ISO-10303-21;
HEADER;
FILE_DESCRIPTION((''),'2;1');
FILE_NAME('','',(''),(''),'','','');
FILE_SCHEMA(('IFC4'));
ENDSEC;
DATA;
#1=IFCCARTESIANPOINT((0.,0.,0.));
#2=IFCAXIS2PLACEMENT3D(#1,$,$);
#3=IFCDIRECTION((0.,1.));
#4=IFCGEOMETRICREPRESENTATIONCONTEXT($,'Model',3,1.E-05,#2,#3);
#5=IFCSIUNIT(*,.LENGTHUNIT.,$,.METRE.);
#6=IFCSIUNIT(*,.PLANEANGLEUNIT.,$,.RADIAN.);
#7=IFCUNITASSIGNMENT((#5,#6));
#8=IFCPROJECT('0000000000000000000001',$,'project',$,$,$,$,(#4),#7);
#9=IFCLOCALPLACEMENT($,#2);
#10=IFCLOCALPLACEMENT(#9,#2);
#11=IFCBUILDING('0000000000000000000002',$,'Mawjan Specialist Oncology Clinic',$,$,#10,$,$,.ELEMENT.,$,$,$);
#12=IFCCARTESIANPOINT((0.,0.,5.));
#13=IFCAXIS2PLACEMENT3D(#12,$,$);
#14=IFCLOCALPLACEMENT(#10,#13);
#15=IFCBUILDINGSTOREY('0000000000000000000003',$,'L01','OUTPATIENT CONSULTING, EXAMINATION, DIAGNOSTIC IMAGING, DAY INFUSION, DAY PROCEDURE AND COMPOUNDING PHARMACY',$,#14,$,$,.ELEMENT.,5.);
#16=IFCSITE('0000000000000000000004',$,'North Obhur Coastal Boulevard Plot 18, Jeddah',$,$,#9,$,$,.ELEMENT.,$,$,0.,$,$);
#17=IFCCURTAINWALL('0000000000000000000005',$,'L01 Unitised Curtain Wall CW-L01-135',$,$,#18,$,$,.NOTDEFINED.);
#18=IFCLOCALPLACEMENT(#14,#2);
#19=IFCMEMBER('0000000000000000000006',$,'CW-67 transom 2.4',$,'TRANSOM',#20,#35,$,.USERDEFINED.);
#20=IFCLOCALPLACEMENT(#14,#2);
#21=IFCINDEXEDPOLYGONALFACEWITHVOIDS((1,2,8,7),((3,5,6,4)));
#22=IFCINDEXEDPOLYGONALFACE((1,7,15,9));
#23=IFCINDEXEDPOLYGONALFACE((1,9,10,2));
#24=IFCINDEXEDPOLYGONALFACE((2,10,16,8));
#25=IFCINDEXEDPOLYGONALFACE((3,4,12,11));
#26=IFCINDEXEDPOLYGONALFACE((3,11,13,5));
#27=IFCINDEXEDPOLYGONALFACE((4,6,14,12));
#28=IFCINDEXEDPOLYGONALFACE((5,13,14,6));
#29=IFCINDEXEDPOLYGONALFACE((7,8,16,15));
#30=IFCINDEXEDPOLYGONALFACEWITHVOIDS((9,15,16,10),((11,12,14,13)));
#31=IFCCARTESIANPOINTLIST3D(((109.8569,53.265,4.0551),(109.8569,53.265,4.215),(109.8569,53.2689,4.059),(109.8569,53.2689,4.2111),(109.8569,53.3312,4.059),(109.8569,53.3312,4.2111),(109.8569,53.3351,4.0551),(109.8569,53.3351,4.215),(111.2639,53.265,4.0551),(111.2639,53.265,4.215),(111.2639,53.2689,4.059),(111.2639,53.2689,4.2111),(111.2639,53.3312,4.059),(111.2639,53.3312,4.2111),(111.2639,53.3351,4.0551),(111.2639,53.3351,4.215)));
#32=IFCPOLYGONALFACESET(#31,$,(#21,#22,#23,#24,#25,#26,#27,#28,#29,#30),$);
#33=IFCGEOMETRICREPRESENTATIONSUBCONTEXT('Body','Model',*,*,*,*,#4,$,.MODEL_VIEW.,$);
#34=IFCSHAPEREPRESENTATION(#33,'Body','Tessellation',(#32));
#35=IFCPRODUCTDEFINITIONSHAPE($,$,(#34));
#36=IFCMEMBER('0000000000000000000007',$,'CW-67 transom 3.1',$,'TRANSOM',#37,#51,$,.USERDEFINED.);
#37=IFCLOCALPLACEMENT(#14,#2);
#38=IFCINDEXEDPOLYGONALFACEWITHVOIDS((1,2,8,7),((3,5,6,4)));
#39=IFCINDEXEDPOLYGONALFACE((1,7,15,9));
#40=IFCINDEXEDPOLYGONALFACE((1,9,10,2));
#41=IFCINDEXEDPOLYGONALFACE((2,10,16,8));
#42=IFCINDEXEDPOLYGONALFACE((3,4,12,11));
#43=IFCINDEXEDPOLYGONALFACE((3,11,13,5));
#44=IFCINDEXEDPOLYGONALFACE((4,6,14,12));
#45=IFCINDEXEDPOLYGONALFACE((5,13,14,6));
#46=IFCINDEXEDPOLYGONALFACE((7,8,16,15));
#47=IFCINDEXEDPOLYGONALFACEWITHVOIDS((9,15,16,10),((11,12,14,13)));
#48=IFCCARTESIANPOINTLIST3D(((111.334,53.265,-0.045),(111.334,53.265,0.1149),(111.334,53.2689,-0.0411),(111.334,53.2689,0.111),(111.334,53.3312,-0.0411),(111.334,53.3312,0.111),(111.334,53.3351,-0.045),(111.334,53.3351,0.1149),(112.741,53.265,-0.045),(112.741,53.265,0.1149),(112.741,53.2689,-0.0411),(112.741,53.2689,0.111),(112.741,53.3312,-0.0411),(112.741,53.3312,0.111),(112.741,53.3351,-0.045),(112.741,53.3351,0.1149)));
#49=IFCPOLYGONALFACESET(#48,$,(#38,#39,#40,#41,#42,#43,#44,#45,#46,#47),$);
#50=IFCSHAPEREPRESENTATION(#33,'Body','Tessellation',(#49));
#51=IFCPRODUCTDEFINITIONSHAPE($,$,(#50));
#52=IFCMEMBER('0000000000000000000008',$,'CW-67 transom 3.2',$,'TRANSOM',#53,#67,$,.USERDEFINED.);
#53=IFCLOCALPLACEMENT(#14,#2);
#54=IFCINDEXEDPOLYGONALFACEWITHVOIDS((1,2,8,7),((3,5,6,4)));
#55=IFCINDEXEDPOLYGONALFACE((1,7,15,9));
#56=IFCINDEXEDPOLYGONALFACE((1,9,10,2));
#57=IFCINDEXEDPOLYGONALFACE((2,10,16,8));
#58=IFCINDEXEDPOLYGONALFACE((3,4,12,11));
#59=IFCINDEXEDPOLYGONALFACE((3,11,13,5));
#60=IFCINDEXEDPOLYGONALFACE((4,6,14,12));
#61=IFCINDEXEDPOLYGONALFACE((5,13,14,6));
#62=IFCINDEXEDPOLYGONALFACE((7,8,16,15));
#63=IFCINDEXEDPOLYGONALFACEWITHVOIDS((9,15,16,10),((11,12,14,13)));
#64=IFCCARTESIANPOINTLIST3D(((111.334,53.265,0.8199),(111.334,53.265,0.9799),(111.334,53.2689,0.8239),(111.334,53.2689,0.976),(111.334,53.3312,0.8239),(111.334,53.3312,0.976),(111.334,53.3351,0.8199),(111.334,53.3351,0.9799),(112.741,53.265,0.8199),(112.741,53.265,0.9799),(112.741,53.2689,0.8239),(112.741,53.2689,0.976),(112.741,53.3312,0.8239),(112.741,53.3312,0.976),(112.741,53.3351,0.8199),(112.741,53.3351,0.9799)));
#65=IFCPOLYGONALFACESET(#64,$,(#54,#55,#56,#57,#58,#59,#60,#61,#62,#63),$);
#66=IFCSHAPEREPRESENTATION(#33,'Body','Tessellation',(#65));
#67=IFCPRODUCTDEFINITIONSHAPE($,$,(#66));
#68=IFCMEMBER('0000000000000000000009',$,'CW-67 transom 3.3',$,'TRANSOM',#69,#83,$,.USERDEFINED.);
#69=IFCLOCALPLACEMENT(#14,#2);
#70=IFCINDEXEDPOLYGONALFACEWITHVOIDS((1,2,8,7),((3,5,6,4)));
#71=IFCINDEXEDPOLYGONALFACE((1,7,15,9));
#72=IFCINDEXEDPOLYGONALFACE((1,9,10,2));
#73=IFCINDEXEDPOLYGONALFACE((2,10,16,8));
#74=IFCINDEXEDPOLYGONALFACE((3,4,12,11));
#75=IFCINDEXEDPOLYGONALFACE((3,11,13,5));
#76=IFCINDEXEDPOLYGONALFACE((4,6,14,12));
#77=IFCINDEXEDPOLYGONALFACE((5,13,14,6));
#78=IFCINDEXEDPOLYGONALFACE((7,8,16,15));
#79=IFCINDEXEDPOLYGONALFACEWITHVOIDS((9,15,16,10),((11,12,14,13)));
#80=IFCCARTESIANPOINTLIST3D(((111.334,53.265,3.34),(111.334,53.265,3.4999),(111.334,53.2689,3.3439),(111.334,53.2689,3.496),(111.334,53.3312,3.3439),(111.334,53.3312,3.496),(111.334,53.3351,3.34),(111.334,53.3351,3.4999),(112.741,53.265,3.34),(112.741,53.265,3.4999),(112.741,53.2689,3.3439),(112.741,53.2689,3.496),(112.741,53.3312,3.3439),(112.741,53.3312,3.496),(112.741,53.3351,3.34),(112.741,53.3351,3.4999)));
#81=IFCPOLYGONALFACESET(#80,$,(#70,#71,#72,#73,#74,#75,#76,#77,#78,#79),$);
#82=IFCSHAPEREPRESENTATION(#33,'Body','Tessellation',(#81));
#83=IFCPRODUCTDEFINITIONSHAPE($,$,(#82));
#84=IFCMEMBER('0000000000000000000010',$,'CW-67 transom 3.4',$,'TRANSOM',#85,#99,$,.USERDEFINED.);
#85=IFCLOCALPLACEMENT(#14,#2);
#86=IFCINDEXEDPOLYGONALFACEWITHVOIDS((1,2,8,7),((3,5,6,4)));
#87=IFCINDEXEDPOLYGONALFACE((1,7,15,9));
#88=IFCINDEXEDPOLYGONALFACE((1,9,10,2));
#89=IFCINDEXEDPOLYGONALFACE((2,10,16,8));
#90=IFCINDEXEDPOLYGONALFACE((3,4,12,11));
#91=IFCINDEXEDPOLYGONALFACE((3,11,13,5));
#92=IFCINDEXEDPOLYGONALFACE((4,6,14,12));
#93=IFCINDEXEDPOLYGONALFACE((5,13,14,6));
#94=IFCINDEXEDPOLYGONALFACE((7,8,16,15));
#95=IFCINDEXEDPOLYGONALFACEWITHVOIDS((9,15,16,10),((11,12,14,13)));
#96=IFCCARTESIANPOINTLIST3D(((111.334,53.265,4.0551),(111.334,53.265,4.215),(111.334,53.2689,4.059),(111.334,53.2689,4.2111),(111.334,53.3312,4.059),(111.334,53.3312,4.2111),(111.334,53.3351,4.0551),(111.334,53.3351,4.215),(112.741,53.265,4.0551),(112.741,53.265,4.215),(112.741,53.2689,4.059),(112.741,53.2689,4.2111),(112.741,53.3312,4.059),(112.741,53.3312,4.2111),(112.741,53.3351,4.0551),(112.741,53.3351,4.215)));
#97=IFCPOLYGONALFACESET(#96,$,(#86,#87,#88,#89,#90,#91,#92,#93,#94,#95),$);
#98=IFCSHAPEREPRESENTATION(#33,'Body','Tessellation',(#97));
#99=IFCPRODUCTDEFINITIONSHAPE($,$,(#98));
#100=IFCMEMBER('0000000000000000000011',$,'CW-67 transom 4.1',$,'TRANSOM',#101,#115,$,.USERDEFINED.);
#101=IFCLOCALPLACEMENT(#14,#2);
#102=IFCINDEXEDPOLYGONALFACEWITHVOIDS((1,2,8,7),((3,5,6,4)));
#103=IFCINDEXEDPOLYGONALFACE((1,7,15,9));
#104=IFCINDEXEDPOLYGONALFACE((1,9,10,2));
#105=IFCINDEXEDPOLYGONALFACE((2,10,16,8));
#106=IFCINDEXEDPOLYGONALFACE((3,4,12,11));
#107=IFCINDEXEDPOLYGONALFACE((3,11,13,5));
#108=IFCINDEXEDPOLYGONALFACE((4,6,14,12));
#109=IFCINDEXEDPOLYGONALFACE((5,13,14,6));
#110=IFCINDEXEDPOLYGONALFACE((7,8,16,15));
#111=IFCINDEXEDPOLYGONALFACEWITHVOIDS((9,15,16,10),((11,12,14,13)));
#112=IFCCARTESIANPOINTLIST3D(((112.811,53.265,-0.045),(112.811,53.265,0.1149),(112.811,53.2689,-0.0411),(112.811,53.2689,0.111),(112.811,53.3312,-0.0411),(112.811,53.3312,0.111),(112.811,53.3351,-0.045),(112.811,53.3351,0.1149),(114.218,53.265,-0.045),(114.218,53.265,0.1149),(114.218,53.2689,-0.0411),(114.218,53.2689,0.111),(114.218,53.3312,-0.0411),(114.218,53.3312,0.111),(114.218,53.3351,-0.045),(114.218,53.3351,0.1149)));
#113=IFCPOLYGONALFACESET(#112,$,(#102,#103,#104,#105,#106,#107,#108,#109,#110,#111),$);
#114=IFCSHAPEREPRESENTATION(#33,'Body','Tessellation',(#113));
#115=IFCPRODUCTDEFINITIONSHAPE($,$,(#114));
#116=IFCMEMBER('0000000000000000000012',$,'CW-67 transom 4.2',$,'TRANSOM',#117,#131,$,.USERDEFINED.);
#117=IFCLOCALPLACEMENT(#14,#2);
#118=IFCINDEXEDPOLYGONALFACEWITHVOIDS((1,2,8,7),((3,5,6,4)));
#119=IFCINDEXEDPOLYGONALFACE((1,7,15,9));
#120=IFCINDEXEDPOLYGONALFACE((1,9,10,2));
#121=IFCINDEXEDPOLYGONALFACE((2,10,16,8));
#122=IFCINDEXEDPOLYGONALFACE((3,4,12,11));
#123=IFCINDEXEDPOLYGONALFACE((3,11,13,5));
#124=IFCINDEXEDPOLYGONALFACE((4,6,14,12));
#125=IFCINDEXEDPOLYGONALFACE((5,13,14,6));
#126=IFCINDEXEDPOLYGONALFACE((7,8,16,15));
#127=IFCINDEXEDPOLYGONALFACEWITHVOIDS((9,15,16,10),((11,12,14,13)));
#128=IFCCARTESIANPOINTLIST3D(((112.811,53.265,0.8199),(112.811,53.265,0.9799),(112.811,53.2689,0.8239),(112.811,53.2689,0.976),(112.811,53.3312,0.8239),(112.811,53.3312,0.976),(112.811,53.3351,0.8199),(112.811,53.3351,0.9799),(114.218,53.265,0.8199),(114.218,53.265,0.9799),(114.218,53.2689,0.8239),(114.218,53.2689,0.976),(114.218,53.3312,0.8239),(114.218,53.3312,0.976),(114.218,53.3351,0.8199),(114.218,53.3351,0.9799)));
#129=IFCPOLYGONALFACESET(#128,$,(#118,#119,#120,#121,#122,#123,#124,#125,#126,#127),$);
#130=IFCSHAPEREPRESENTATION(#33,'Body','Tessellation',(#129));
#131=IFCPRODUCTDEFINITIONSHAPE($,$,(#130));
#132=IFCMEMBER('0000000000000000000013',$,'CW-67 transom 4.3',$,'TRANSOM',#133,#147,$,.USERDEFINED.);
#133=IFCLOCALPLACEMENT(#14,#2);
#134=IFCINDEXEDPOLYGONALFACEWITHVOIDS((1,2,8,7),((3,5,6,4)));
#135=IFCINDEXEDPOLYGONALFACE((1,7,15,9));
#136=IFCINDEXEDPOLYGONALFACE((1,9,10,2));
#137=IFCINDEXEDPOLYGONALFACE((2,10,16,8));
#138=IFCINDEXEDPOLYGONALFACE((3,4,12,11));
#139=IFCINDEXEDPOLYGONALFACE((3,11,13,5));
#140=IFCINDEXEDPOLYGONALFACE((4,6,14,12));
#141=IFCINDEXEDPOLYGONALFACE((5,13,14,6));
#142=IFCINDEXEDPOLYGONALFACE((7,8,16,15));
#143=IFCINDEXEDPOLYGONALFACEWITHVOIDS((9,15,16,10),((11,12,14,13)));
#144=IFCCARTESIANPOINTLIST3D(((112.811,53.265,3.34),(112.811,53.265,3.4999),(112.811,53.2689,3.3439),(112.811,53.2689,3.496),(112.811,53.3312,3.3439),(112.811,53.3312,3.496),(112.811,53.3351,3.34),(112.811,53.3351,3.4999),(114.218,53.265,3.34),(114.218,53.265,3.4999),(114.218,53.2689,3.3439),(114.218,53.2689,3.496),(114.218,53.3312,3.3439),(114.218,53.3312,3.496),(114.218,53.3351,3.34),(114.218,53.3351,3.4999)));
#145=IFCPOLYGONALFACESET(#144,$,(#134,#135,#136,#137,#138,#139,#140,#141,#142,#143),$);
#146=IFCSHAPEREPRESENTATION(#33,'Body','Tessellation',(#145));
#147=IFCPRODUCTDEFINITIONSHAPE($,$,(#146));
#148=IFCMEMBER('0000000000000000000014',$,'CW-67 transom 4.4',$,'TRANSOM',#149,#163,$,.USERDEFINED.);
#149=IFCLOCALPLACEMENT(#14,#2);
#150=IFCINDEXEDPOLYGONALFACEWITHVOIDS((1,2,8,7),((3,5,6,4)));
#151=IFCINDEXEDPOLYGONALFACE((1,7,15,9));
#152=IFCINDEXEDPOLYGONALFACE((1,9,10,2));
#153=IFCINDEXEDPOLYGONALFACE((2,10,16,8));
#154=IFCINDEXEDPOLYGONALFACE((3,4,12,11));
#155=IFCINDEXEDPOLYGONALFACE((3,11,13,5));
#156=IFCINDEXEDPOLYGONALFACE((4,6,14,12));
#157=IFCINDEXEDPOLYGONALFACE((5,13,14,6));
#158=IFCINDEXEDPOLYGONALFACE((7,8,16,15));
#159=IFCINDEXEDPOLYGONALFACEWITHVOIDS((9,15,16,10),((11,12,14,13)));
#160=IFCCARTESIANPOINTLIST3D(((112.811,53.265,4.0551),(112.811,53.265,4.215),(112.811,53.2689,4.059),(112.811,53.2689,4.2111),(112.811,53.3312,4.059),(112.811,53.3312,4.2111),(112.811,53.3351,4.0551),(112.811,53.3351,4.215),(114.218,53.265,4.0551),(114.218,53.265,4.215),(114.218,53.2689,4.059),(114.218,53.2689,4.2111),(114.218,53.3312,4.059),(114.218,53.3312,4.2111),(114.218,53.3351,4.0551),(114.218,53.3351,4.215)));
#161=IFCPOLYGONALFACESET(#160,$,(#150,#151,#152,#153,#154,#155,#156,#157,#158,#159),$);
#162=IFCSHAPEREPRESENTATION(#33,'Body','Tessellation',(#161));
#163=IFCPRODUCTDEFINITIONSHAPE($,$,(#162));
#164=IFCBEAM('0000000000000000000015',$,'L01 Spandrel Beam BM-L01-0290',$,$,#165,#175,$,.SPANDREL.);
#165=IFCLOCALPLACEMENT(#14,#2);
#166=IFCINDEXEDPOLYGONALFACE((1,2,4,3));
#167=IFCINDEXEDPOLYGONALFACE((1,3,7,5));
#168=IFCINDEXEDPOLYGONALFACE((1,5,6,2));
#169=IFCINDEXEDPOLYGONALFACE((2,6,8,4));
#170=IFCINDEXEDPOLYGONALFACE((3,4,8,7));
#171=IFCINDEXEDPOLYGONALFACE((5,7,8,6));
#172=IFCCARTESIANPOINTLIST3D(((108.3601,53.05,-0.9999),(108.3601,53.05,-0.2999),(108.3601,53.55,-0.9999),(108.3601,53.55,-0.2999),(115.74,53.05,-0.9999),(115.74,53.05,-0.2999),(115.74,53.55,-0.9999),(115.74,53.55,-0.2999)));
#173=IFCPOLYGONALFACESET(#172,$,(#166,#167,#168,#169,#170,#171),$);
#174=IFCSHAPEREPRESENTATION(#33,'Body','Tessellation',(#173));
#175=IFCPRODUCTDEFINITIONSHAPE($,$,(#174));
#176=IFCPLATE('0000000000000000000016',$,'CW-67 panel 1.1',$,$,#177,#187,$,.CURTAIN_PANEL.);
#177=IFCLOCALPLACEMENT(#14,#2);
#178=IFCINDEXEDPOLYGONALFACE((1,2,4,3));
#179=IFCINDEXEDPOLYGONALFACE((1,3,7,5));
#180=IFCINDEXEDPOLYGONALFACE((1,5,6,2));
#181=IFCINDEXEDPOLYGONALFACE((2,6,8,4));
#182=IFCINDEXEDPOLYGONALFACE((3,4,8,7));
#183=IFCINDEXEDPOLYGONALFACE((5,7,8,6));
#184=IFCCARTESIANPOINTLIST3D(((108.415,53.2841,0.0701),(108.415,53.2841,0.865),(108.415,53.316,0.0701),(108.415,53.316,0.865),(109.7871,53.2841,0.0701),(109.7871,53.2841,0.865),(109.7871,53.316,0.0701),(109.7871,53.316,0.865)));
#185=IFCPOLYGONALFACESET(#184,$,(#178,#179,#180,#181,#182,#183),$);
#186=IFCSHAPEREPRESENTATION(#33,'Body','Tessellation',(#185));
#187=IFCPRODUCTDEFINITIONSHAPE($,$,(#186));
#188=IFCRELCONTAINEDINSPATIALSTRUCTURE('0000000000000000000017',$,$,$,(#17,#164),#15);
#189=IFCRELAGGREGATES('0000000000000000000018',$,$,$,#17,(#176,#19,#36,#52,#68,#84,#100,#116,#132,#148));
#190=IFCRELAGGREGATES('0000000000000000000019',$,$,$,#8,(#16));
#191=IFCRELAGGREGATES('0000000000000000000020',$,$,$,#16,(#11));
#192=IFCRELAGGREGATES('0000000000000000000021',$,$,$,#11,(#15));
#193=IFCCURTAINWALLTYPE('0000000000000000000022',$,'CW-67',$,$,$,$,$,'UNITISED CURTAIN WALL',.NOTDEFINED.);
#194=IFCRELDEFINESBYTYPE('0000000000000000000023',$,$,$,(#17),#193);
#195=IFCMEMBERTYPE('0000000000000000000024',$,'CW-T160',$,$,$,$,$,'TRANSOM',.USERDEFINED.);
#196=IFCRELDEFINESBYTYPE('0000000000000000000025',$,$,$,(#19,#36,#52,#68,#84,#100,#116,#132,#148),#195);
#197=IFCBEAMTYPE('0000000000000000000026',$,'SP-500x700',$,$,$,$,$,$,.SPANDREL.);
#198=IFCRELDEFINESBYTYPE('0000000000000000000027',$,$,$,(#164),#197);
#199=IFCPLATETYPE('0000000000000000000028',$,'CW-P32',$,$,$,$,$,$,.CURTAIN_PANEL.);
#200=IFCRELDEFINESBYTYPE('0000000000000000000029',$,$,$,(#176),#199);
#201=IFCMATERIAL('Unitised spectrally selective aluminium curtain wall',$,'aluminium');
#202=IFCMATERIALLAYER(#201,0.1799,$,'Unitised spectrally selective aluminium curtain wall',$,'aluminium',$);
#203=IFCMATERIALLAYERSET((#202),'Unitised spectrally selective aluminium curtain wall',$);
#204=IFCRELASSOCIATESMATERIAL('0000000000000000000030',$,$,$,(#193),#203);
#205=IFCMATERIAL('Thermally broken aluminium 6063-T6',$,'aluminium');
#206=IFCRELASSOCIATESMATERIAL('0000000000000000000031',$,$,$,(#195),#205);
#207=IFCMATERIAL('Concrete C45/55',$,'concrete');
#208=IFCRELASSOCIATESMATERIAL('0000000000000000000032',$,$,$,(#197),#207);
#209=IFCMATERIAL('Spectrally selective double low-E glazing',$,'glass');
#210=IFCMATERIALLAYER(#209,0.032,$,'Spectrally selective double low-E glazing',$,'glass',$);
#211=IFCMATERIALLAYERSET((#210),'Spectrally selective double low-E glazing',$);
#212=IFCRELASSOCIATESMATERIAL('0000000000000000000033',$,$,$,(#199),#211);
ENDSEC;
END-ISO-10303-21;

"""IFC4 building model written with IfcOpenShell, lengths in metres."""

from ifc_helpers import new_model, si_unit, direction, frame, origin, origin_2d, place, context, subcontext, project, spatial, rectangle, hollow_rectangle, extrude, material, layer, layer_set, material_profile, profile_set, type_object, element, aggregate, save


model = new_model("IFC4")

# Units and contexts
model_context = context("Model", 3, precision=1e-05, world=origin(), true_north=direction((0.0, 1.0)))
body_context = subcontext(model_context, "Body", "Model", "MODEL_VIEW")
ifc_project = project(units=[si_unit("LENGTHUNIT", "METRE"), si_unit("PLANEANGLEUNIT", "RADIAN")], contexts=[model_context])

# Site, building, storey
site_placement = place(None, origin())
site = spatial("IfcSite", under=ifc_project, at=site_placement, Name="North Obhur Coastal Boulevard Plot 18, Jeddah", CompositionType="ELEMENT", RefElevation=0.0)
building_placement = place(site_placement, origin())
building = spatial("IfcBuilding", under=site, at=building_placement, Name="Mawjan Specialist Oncology Clinic", CompositionType="ELEMENT")
storey_placement = place(building_placement, frame((0.0, 0.0, 5.0)))
storey = spatial("IfcBuildingStorey", under=building, at=storey_placement, Name="L01", Description="OUTPATIENT CONSULTING, EXAMINATION, DIAGNOSTIC IMAGING, DAY INFUSION, DAY PROCEDURE AND COMPOUNDING PHARMACY", CompositionType="ELEMENT", Elevation=5.0)

# Curtain wall, members
ifc_material_1 = material(Name="Unitised spectrally selective aluminium curtain wall", Category="aluminium")
ifc_layer_1 = layer(ifc_material_1, 0.1799, Name="Unitised spectrally selective aluminium curtain wall", Category="aluminium")
ifc_layer_set_1 = layer_set([ifc_layer_1], Name="Unitised spectrally selective aluminium curtain wall")
curtain_wall_type = type_object("IfcCurtainWallType", Name="CW-67", ElementType="UNITISED CURTAIN WALL", PredefinedType="NOTDEFINED", material=ifc_layer_set_1)
curtain_wall_placement = place(storey_placement, origin())
curtain_wall = element("IfcCurtainWall", 1, at=curtain_wall_placement, inside=storey, type_object=curtain_wall_type, Name="L01 Unitised Curtain Wall CW-L01-135", PredefinedType="NOTDEFINED")
ifc_material_2 = material(Name="Thermally broken aluminium 6063-T6", Category="aluminium")
ifc_material_profile_1 = material_profile(ifc_material_2, hollow_rectangle(XDim=0.0701, YDim=0.1599, WallThickness=0.0039, at=origin_2d()), Name="ALU TRANSOM 160x70x4", Category="aluminium")
ifc_profile_set_1 = profile_set([ifc_material_profile_1], Name="Thermally broken aluminium 6063-T6")
member_type_1 = type_object("IfcMemberType", Name="CW-T160", ElementType="TRANSOM", PredefinedType="USERDEFINED", material=ifc_profile_set_1)
member_1_placement = place(storey_placement, frame((109.8569, 53.3, 4.135), z_axis=(1.0, 0.0, 0.0), x_axis=(0.0, 1.0, 0.0)))
member_1 = element("IfcMember", 2, at=member_1_placement, type_object=member_type_1, Name="CW-67 transom 2.4", ObjectType="TRANSOM", PredefinedType="USERDEFINED", context=body_context, shape_type="SweptSolid", body=[
    extrude(hollow_rectangle(XDim=0.0701, YDim=0.1599, WallThickness=0.0039, at=origin_2d()), origin(), (0.0, 0.0, 1.0), 1.407),
])
member_2_placement = place(storey_placement, frame((111.334, 53.3, 0.0349), z_axis=(1.0, 0.0, 0.0), x_axis=(0.0, 1.0, 0.0)))
member_2 = element("IfcMember", 3, at=member_2_placement, type_object=member_type_1, Name="CW-67 transom 3.1", ObjectType="TRANSOM", PredefinedType="USERDEFINED", context=body_context, shape_type="SweptSolid", body=[
    extrude(hollow_rectangle(XDim=0.0701, YDim=0.1599, WallThickness=0.0039, at=origin_2d()), origin(), (0.0, 0.0, 1.0), 1.407),
])
member_3_placement = place(storey_placement, frame((111.334, 53.3, 0.8999), z_axis=(1.0, 0.0, 0.0), x_axis=(0.0, 1.0, 0.0)))
member_3 = element("IfcMember", 4, at=member_3_placement, type_object=member_type_1, Name="CW-67 transom 3.2", ObjectType="TRANSOM", PredefinedType="USERDEFINED", context=body_context, shape_type="SweptSolid", body=[
    extrude(hollow_rectangle(XDim=0.0701, YDim=0.1599, WallThickness=0.0039, at=origin_2d()), origin(), (0.0, 0.0, 1.0), 1.407),
])
member_4_placement = place(storey_placement, frame((111.334, 53.3, 3.4199), z_axis=(1.0, 0.0, 0.0), x_axis=(0.0, 1.0, 0.0)))
member_4 = element("IfcMember", 5, at=member_4_placement, type_object=member_type_1, Name="CW-67 transom 3.3", ObjectType="TRANSOM", PredefinedType="USERDEFINED", context=body_context, shape_type="SweptSolid", body=[
    extrude(hollow_rectangle(XDim=0.0701, YDim=0.1599, WallThickness=0.0039, at=origin_2d()), origin(), (0.0, 0.0, 1.0), 1.407),
])
member_5_placement = place(storey_placement, frame((111.334, 53.3, 4.135), z_axis=(1.0, 0.0, 0.0), x_axis=(0.0, 1.0, 0.0)))
member_5 = element("IfcMember", 6, at=member_5_placement, type_object=member_type_1, Name="CW-67 transom 3.4", ObjectType="TRANSOM", PredefinedType="USERDEFINED", context=body_context, shape_type="SweptSolid", body=[
    extrude(hollow_rectangle(XDim=0.0701, YDim=0.1599, WallThickness=0.0039, at=origin_2d()), origin(), (0.0, 0.0, 1.0), 1.407),
])
member_6_placement = place(storey_placement, frame((112.811, 53.3, 0.0349), z_axis=(1.0, 0.0, 0.0), x_axis=(0.0, 1.0, 0.0)))
member_6 = element("IfcMember", 7, at=member_6_placement, type_object=member_type_1, Name="CW-67 transom 4.1", ObjectType="TRANSOM", PredefinedType="USERDEFINED", context=body_context, shape_type="SweptSolid", body=[
    extrude(hollow_rectangle(XDim=0.0701, YDim=0.1599, WallThickness=0.0039, at=origin_2d()), origin(), (0.0, 0.0, 1.0), 1.407),
])
member_7_placement = place(storey_placement, frame((112.811, 53.3, 0.8999), z_axis=(1.0, 0.0, 0.0), x_axis=(0.0, 1.0, 0.0)))
member_7 = element("IfcMember", 8, at=member_7_placement, type_object=member_type_1, Name="CW-67 transom 4.2", ObjectType="TRANSOM", PredefinedType="USERDEFINED", context=body_context, shape_type="SweptSolid", body=[
    extrude(hollow_rectangle(XDim=0.0701, YDim=0.1599, WallThickness=0.0039, at=origin_2d()), origin(), (0.0, 0.0, 1.0), 1.407),
])
member_8_placement = place(storey_placement, frame((112.811, 53.3, 3.4199), z_axis=(1.0, 0.0, 0.0), x_axis=(0.0, 1.0, 0.0)))
member_8 = element("IfcMember", 9, at=member_8_placement, type_object=member_type_1, Name="CW-67 transom 4.3", ObjectType="TRANSOM", PredefinedType="USERDEFINED", context=body_context, shape_type="SweptSolid", body=[
    extrude(hollow_rectangle(XDim=0.0701, YDim=0.1599, WallThickness=0.0039, at=origin_2d()), origin(), (0.0, 0.0, 1.0), 1.407),
])
member_9_placement = place(storey_placement, frame((112.811, 53.3, 4.135), z_axis=(1.0, 0.0, 0.0), x_axis=(0.0, 1.0, 0.0)))
member_9 = element("IfcMember", 10, at=member_9_placement, type_object=member_type_1, Name="CW-67 transom 4.4", ObjectType="TRANSOM", PredefinedType="USERDEFINED", context=body_context, shape_type="SweptSolid", body=[
    extrude(hollow_rectangle(XDim=0.0701, YDim=0.1599, WallThickness=0.0039, at=origin_2d()), origin(), (0.0, 0.0, 1.0), 1.407),
])

# Beam
ifc_material_3 = material(Name="Concrete C45/55", Category="concrete")
ifc_material_profile_2 = material_profile(ifc_material_3, rectangle(XDim=0.5, YDim=0.7, at=origin_2d()), Name="RC BM 500x700", Category="concrete")
ifc_profile_set_2 = profile_set([ifc_material_profile_2], Name="Concrete C45/55")
beam_type = type_object("IfcBeamType", Name="SP-500x700", PredefinedType="SPANDREL", material=ifc_profile_set_2)
beam_placement = place(storey_placement, frame((108.3601, 53.3, -0.6499), z_axis=(1.0, 0.0, 0.0), x_axis=(0.0, 1.0, 0.0)))
element("IfcBeam", 11, at=beam_placement, inside=storey, type_object=beam_type, Name="L01 Spandrel Beam BM-L01-0290", PredefinedType="SPANDREL", context=body_context, shape_type="SweptSolid", body=[
    extrude(rectangle(XDim=0.5, YDim=0.7, at=origin_2d()), origin(), (0.0, 0.0, 1.0), 7.3799),
])

# Plate
ifc_material_4 = material(Name="Spectrally selective double low-E glazing", Category="glass")
ifc_layer_2 = layer(ifc_material_4, 0.032, Name="Spectrally selective double low-E glazing", Category="glass")
ifc_layer_set_2 = layer_set([ifc_layer_2], Name="Spectrally selective double low-E glazing")
plate_type = type_object("IfcPlateType", Name="CW-P32", PredefinedType="CURTAIN_PANEL", material=ifc_layer_set_2)
plate_1_placement = place(storey_placement, frame((109.1011, 53.3, 0.0701), z_axis=(0.0, 0.0, 1.0), x_axis=(1.0, 0.0, 0.0)))
plate_1 = element("IfcPlate", 12, at=plate_1_placement, type_object=plate_type, Name="CW-67 panel 1.1", PredefinedType="CURTAIN_PANEL", context=body_context, shape_type="SweptSolid", body=[
    extrude(rectangle(XDim=1.3721, YDim=0.032, at=origin_2d()), origin(), (0.0, 0.0, 1.0), 0.7949),
])
aggregate(curtain_wall, [plate_1, member_1, member_2, member_3, member_4, member_5, member_6, member_7, member_8, member_9])

save(model, "model.ifc")
